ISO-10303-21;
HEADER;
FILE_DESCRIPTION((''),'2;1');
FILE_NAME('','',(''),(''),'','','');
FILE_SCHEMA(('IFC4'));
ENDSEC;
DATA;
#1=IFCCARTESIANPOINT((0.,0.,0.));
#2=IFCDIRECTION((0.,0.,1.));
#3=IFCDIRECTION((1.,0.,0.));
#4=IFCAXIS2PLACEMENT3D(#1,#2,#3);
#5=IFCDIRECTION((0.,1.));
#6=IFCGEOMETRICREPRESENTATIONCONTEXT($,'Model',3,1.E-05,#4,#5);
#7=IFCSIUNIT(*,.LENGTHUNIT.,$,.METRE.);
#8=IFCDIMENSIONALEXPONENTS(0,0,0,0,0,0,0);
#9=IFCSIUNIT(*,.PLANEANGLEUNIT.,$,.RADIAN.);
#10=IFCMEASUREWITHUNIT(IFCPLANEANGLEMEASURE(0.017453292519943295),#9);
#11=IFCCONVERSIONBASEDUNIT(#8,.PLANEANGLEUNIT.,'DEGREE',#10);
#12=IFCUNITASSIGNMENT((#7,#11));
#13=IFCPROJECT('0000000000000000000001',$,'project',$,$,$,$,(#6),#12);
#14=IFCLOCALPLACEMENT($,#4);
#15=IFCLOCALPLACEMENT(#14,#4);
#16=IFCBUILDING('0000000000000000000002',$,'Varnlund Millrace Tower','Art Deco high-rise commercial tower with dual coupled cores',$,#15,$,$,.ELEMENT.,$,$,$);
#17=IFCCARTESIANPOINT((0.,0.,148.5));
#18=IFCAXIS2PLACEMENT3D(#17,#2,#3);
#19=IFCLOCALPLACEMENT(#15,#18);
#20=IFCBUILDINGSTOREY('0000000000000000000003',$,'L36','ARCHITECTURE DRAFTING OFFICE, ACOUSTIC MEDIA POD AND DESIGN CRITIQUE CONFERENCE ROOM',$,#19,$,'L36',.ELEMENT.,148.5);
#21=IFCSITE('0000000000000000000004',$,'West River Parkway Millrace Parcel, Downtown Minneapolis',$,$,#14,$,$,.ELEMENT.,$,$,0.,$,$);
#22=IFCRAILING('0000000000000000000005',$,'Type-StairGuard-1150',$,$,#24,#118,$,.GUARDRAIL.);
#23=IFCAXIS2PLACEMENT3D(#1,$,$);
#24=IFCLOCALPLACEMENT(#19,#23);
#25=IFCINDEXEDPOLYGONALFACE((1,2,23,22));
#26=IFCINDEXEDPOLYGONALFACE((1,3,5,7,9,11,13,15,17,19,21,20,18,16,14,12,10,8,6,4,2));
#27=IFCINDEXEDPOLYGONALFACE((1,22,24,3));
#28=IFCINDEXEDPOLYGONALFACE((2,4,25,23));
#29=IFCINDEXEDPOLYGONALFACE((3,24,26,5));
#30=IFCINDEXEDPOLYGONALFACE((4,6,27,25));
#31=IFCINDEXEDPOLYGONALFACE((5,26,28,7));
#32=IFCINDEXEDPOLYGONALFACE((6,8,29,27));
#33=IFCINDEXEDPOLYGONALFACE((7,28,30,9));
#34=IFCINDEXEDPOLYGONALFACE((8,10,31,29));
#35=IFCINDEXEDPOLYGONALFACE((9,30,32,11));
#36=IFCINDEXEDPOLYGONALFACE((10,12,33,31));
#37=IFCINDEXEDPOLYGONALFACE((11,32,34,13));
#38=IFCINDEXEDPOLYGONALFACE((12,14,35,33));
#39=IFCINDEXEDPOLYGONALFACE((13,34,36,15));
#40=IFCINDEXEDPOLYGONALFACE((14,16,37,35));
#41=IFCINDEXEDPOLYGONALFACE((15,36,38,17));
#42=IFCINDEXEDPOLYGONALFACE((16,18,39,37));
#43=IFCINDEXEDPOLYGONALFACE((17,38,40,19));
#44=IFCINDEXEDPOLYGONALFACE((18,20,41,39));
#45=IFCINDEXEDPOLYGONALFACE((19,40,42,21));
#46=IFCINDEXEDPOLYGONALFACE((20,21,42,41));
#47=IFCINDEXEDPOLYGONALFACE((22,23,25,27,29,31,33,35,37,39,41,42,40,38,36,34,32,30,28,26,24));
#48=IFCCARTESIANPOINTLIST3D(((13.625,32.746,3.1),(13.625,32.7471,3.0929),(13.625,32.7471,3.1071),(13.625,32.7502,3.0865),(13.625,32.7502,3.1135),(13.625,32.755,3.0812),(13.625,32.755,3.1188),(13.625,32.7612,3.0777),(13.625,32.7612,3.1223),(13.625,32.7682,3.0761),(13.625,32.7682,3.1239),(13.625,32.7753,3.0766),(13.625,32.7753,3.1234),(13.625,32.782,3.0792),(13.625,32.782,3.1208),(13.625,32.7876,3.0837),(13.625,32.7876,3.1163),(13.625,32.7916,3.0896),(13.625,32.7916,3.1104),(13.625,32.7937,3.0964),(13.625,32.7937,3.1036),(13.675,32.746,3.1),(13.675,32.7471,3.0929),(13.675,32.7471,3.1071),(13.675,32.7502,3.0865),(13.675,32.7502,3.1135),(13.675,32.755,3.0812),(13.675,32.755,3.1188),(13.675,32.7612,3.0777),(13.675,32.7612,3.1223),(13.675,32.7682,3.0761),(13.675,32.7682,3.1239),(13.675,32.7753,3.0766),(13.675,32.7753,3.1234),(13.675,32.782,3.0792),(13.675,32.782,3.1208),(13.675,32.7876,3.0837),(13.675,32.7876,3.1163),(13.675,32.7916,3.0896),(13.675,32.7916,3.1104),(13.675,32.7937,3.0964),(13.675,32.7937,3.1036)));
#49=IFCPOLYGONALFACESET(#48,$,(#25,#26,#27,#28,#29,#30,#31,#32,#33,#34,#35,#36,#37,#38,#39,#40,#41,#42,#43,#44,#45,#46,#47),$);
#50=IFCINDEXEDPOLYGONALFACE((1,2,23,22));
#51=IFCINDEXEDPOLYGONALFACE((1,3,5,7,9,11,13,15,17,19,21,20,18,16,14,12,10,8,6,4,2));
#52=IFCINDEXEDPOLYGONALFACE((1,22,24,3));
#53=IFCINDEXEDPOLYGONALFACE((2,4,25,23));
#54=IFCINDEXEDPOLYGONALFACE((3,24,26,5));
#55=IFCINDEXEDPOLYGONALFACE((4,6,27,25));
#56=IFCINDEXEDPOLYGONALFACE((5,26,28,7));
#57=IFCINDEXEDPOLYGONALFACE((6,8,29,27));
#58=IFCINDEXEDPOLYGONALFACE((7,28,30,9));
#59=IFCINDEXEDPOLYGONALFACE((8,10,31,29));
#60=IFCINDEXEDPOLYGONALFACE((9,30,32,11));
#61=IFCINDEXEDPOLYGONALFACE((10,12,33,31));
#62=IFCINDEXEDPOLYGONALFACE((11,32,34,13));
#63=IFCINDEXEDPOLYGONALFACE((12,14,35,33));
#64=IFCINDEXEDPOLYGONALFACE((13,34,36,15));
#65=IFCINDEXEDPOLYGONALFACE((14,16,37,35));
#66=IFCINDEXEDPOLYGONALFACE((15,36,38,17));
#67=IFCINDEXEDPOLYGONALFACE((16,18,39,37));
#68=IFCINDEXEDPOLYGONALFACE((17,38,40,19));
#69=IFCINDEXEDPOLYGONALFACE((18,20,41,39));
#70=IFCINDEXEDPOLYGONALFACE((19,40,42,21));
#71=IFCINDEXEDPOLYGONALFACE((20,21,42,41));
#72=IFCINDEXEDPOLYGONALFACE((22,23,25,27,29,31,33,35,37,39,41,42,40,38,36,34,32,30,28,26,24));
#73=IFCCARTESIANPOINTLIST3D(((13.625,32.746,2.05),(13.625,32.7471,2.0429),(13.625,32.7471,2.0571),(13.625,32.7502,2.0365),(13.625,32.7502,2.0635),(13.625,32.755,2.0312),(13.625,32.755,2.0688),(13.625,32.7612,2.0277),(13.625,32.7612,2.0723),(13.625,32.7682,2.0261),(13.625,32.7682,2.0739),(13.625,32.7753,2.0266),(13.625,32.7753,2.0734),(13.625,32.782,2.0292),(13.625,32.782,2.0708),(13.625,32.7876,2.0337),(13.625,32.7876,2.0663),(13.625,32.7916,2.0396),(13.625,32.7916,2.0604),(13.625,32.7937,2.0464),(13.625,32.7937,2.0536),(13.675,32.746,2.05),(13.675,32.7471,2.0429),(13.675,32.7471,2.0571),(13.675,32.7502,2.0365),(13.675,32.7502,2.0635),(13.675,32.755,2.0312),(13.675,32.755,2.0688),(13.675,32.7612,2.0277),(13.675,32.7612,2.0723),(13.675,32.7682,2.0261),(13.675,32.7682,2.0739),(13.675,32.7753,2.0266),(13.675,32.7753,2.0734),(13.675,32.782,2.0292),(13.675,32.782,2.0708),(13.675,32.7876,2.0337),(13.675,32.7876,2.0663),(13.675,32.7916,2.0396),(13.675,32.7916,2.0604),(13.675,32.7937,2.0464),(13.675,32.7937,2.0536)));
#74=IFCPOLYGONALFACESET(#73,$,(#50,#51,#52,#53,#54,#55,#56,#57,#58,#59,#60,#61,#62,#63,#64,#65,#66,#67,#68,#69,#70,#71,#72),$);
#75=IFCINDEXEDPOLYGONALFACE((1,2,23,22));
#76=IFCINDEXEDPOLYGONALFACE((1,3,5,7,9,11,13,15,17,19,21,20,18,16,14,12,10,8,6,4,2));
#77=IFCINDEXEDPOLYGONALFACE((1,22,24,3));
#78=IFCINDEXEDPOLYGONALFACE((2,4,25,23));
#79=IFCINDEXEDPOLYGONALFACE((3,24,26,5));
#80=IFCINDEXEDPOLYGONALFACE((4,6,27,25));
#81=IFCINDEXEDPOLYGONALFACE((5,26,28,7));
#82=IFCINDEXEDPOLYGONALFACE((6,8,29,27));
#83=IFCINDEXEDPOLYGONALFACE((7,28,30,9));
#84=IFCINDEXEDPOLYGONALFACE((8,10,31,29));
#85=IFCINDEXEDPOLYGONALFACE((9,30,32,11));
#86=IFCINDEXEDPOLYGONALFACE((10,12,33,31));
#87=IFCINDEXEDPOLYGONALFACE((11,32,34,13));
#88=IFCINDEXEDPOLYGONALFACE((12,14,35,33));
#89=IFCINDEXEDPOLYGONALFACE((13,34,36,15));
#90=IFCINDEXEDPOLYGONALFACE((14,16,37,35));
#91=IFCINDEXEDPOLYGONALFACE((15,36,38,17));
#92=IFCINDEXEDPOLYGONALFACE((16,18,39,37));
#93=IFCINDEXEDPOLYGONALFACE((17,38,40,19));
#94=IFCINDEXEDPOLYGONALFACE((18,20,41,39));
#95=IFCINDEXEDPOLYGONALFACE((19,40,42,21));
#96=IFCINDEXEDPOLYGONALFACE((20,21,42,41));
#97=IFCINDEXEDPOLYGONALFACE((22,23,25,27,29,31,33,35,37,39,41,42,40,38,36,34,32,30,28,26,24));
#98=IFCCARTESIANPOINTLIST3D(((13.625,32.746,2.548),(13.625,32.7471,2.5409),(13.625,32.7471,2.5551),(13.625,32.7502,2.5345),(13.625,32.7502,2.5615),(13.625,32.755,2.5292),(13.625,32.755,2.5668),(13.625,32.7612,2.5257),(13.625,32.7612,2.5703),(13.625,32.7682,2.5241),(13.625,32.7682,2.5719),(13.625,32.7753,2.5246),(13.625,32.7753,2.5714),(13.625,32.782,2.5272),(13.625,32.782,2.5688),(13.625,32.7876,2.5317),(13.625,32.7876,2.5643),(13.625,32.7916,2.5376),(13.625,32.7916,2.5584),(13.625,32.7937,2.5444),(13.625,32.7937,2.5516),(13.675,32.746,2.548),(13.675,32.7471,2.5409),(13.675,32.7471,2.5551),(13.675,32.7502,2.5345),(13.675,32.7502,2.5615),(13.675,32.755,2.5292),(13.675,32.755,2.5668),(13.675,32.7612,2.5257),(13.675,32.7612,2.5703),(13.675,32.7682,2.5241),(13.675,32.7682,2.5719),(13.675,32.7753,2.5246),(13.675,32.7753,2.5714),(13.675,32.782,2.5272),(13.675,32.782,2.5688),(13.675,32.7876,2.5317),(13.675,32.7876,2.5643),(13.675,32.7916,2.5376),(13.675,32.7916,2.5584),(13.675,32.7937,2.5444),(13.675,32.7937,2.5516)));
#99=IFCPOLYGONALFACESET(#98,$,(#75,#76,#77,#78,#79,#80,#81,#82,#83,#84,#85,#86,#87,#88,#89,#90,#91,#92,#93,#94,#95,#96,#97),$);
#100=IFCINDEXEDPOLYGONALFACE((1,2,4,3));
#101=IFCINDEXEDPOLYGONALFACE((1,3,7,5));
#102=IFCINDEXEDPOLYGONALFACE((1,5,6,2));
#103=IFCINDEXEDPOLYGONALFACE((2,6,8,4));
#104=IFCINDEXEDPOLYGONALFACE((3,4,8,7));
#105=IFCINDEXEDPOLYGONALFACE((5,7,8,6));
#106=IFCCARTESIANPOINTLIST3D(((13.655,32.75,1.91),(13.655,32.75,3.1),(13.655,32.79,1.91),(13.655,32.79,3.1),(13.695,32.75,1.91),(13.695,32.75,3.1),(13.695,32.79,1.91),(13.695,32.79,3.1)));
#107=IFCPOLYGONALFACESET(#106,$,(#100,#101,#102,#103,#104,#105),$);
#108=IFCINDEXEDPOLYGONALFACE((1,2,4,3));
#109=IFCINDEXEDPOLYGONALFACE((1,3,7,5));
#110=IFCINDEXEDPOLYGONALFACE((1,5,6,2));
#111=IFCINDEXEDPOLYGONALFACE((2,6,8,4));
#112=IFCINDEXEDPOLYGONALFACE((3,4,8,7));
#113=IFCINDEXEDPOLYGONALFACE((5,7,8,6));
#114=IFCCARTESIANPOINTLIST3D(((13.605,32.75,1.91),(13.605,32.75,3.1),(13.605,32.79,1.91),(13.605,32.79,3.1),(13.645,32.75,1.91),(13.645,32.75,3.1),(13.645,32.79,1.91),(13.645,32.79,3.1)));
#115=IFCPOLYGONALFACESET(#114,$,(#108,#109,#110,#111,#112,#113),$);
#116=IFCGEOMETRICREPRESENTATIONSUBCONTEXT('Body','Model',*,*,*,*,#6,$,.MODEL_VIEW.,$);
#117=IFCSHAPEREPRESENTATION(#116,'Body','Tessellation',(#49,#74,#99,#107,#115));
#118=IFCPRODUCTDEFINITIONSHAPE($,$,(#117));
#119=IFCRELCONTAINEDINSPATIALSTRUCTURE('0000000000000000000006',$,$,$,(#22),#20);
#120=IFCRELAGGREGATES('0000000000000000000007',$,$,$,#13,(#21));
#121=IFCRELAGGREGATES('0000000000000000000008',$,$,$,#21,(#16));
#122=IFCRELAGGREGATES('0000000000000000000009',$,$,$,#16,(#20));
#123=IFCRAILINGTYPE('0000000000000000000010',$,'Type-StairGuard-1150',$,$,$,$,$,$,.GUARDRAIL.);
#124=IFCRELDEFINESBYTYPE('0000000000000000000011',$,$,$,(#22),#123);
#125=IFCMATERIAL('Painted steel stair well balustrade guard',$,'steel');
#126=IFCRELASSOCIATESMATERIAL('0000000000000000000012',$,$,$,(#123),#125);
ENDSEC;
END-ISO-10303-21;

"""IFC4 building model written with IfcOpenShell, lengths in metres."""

from ifc_helpers import new_model, entity, si_unit, converted_unit, direction, frame, origin_with_axes, origin_2d_with_axis, place, context, subcontext, project, spatial, rectangle, circle, extrude, material, type_object, element, save


model = new_model("IFC4")

# Units and contexts
model_context = context("Model", 3, precision=1e-05, world=origin_with_axes(), true_north=direction((0.0, 1.0)))
body_context = subcontext(model_context, "Body", "Model", "MODEL_VIEW")
ifc_project = project(units=[si_unit("LENGTHUNIT", "METRE"), converted_unit("PLANEANGLEUNIT", "DEGREE", entity("IfcPlaneAngleMeasure", 0.017453292519943295), si_unit("PLANEANGLEUNIT", "RADIAN"), dimensions=[0, 0, 0, 0, 0, 0, 0])], contexts=[model_context])

# Site, building, storey
site_placement = place(None, origin_with_axes())
site = spatial("IfcSite", under=ifc_project, at=site_placement, Name="West River Parkway Millrace Parcel, Downtown Minneapolis", CompositionType="ELEMENT", RefElevation=0.0)
building_placement = place(site_placement, origin_with_axes())
building = spatial("IfcBuilding", under=site, at=building_placement, Name="Varnlund Millrace Tower", Description="Art Deco high-rise commercial tower with dual coupled cores", CompositionType="ELEMENT")
storey_placement = place(building_placement, frame((0.0, 0.0, 148.5), z_axis=(0.0, 0.0, 1.0), x_axis=(1.0, 0.0, 0.0)))
storey = spatial("IfcBuildingStorey", under=building, at=storey_placement, Name="L36", Description="ARCHITECTURE DRAFTING OFFICE, ACOUSTIC MEDIA POD AND DESIGN CRITIQUE CONFERENCE ROOM", LongName="L36", CompositionType="ELEMENT", Elevation=148.5)

# Railing
ifc_material_1 = material(Name="Painted steel stair well balustrade guard", Category="steel")
railing_type_1 = type_object("IfcRailingType", Name="Type-StairGuard-1150", PredefinedType="GUARDRAIL", material=ifc_material_1)
railing_1_placement = place(storey_placement, frame((0.0, 0.0, -148.5), z_axis=(0.0, 0.0, 1.0), x_axis=(1.0, 0.0, 0.0)))
element("IfcRailing", 1, at=railing_1_placement, inside=storey, type_object=railing_type_1, Name="Type-StairGuard-1150", PredefinedType="GUARDRAIL", context=body_context, shape_type="SweptSolid", body=[
    extrude(circle(Radius=0.024, at=origin_2d_with_axis()), frame((13.675, 32.77, 151.6), z_axis=(-1.0, 0.0, 0.0), x_axis=(0.0, -1.0, 0.0)), (0.0, 0.0, 1.0), 0.05),
    extrude(circle(Radius=0.024, at=origin_2d_with_axis()), frame((13.675, 32.77, 150.55), z_axis=(-1.0, 0.0, 0.0), x_axis=(0.0, -1.0, 0.0)), (0.0, 0.0, 1.0), 0.05),
    extrude(circle(Radius=0.024, at=origin_2d_with_axis()), frame((13.675, 32.77, 151.048), z_axis=(-1.0, 0.0, 0.0), x_axis=(0.0, -1.0, 0.0)), (0.0, 0.0, 1.0), 0.05),
    extrude(rectangle(XDim=0.04, YDim=0.04, at=origin_2d_with_axis()), frame((13.675, 32.77, 150.41), z_axis=(0.0, 0.0, 1.0), x_axis=(1.0, 0.0, 0.0)), (0.0, 0.0, 1.0), 1.19),
    extrude(rectangle(XDim=0.04, YDim=0.04, at=origin_2d_with_axis()), frame((13.625, 32.77, 150.41), z_axis=(0.0, 0.0, 1.0), x_axis=(1.0, 0.0, 0.0)), (0.0, 0.0, 1.0), 1.19),
])

save(model, "model.ifc")
